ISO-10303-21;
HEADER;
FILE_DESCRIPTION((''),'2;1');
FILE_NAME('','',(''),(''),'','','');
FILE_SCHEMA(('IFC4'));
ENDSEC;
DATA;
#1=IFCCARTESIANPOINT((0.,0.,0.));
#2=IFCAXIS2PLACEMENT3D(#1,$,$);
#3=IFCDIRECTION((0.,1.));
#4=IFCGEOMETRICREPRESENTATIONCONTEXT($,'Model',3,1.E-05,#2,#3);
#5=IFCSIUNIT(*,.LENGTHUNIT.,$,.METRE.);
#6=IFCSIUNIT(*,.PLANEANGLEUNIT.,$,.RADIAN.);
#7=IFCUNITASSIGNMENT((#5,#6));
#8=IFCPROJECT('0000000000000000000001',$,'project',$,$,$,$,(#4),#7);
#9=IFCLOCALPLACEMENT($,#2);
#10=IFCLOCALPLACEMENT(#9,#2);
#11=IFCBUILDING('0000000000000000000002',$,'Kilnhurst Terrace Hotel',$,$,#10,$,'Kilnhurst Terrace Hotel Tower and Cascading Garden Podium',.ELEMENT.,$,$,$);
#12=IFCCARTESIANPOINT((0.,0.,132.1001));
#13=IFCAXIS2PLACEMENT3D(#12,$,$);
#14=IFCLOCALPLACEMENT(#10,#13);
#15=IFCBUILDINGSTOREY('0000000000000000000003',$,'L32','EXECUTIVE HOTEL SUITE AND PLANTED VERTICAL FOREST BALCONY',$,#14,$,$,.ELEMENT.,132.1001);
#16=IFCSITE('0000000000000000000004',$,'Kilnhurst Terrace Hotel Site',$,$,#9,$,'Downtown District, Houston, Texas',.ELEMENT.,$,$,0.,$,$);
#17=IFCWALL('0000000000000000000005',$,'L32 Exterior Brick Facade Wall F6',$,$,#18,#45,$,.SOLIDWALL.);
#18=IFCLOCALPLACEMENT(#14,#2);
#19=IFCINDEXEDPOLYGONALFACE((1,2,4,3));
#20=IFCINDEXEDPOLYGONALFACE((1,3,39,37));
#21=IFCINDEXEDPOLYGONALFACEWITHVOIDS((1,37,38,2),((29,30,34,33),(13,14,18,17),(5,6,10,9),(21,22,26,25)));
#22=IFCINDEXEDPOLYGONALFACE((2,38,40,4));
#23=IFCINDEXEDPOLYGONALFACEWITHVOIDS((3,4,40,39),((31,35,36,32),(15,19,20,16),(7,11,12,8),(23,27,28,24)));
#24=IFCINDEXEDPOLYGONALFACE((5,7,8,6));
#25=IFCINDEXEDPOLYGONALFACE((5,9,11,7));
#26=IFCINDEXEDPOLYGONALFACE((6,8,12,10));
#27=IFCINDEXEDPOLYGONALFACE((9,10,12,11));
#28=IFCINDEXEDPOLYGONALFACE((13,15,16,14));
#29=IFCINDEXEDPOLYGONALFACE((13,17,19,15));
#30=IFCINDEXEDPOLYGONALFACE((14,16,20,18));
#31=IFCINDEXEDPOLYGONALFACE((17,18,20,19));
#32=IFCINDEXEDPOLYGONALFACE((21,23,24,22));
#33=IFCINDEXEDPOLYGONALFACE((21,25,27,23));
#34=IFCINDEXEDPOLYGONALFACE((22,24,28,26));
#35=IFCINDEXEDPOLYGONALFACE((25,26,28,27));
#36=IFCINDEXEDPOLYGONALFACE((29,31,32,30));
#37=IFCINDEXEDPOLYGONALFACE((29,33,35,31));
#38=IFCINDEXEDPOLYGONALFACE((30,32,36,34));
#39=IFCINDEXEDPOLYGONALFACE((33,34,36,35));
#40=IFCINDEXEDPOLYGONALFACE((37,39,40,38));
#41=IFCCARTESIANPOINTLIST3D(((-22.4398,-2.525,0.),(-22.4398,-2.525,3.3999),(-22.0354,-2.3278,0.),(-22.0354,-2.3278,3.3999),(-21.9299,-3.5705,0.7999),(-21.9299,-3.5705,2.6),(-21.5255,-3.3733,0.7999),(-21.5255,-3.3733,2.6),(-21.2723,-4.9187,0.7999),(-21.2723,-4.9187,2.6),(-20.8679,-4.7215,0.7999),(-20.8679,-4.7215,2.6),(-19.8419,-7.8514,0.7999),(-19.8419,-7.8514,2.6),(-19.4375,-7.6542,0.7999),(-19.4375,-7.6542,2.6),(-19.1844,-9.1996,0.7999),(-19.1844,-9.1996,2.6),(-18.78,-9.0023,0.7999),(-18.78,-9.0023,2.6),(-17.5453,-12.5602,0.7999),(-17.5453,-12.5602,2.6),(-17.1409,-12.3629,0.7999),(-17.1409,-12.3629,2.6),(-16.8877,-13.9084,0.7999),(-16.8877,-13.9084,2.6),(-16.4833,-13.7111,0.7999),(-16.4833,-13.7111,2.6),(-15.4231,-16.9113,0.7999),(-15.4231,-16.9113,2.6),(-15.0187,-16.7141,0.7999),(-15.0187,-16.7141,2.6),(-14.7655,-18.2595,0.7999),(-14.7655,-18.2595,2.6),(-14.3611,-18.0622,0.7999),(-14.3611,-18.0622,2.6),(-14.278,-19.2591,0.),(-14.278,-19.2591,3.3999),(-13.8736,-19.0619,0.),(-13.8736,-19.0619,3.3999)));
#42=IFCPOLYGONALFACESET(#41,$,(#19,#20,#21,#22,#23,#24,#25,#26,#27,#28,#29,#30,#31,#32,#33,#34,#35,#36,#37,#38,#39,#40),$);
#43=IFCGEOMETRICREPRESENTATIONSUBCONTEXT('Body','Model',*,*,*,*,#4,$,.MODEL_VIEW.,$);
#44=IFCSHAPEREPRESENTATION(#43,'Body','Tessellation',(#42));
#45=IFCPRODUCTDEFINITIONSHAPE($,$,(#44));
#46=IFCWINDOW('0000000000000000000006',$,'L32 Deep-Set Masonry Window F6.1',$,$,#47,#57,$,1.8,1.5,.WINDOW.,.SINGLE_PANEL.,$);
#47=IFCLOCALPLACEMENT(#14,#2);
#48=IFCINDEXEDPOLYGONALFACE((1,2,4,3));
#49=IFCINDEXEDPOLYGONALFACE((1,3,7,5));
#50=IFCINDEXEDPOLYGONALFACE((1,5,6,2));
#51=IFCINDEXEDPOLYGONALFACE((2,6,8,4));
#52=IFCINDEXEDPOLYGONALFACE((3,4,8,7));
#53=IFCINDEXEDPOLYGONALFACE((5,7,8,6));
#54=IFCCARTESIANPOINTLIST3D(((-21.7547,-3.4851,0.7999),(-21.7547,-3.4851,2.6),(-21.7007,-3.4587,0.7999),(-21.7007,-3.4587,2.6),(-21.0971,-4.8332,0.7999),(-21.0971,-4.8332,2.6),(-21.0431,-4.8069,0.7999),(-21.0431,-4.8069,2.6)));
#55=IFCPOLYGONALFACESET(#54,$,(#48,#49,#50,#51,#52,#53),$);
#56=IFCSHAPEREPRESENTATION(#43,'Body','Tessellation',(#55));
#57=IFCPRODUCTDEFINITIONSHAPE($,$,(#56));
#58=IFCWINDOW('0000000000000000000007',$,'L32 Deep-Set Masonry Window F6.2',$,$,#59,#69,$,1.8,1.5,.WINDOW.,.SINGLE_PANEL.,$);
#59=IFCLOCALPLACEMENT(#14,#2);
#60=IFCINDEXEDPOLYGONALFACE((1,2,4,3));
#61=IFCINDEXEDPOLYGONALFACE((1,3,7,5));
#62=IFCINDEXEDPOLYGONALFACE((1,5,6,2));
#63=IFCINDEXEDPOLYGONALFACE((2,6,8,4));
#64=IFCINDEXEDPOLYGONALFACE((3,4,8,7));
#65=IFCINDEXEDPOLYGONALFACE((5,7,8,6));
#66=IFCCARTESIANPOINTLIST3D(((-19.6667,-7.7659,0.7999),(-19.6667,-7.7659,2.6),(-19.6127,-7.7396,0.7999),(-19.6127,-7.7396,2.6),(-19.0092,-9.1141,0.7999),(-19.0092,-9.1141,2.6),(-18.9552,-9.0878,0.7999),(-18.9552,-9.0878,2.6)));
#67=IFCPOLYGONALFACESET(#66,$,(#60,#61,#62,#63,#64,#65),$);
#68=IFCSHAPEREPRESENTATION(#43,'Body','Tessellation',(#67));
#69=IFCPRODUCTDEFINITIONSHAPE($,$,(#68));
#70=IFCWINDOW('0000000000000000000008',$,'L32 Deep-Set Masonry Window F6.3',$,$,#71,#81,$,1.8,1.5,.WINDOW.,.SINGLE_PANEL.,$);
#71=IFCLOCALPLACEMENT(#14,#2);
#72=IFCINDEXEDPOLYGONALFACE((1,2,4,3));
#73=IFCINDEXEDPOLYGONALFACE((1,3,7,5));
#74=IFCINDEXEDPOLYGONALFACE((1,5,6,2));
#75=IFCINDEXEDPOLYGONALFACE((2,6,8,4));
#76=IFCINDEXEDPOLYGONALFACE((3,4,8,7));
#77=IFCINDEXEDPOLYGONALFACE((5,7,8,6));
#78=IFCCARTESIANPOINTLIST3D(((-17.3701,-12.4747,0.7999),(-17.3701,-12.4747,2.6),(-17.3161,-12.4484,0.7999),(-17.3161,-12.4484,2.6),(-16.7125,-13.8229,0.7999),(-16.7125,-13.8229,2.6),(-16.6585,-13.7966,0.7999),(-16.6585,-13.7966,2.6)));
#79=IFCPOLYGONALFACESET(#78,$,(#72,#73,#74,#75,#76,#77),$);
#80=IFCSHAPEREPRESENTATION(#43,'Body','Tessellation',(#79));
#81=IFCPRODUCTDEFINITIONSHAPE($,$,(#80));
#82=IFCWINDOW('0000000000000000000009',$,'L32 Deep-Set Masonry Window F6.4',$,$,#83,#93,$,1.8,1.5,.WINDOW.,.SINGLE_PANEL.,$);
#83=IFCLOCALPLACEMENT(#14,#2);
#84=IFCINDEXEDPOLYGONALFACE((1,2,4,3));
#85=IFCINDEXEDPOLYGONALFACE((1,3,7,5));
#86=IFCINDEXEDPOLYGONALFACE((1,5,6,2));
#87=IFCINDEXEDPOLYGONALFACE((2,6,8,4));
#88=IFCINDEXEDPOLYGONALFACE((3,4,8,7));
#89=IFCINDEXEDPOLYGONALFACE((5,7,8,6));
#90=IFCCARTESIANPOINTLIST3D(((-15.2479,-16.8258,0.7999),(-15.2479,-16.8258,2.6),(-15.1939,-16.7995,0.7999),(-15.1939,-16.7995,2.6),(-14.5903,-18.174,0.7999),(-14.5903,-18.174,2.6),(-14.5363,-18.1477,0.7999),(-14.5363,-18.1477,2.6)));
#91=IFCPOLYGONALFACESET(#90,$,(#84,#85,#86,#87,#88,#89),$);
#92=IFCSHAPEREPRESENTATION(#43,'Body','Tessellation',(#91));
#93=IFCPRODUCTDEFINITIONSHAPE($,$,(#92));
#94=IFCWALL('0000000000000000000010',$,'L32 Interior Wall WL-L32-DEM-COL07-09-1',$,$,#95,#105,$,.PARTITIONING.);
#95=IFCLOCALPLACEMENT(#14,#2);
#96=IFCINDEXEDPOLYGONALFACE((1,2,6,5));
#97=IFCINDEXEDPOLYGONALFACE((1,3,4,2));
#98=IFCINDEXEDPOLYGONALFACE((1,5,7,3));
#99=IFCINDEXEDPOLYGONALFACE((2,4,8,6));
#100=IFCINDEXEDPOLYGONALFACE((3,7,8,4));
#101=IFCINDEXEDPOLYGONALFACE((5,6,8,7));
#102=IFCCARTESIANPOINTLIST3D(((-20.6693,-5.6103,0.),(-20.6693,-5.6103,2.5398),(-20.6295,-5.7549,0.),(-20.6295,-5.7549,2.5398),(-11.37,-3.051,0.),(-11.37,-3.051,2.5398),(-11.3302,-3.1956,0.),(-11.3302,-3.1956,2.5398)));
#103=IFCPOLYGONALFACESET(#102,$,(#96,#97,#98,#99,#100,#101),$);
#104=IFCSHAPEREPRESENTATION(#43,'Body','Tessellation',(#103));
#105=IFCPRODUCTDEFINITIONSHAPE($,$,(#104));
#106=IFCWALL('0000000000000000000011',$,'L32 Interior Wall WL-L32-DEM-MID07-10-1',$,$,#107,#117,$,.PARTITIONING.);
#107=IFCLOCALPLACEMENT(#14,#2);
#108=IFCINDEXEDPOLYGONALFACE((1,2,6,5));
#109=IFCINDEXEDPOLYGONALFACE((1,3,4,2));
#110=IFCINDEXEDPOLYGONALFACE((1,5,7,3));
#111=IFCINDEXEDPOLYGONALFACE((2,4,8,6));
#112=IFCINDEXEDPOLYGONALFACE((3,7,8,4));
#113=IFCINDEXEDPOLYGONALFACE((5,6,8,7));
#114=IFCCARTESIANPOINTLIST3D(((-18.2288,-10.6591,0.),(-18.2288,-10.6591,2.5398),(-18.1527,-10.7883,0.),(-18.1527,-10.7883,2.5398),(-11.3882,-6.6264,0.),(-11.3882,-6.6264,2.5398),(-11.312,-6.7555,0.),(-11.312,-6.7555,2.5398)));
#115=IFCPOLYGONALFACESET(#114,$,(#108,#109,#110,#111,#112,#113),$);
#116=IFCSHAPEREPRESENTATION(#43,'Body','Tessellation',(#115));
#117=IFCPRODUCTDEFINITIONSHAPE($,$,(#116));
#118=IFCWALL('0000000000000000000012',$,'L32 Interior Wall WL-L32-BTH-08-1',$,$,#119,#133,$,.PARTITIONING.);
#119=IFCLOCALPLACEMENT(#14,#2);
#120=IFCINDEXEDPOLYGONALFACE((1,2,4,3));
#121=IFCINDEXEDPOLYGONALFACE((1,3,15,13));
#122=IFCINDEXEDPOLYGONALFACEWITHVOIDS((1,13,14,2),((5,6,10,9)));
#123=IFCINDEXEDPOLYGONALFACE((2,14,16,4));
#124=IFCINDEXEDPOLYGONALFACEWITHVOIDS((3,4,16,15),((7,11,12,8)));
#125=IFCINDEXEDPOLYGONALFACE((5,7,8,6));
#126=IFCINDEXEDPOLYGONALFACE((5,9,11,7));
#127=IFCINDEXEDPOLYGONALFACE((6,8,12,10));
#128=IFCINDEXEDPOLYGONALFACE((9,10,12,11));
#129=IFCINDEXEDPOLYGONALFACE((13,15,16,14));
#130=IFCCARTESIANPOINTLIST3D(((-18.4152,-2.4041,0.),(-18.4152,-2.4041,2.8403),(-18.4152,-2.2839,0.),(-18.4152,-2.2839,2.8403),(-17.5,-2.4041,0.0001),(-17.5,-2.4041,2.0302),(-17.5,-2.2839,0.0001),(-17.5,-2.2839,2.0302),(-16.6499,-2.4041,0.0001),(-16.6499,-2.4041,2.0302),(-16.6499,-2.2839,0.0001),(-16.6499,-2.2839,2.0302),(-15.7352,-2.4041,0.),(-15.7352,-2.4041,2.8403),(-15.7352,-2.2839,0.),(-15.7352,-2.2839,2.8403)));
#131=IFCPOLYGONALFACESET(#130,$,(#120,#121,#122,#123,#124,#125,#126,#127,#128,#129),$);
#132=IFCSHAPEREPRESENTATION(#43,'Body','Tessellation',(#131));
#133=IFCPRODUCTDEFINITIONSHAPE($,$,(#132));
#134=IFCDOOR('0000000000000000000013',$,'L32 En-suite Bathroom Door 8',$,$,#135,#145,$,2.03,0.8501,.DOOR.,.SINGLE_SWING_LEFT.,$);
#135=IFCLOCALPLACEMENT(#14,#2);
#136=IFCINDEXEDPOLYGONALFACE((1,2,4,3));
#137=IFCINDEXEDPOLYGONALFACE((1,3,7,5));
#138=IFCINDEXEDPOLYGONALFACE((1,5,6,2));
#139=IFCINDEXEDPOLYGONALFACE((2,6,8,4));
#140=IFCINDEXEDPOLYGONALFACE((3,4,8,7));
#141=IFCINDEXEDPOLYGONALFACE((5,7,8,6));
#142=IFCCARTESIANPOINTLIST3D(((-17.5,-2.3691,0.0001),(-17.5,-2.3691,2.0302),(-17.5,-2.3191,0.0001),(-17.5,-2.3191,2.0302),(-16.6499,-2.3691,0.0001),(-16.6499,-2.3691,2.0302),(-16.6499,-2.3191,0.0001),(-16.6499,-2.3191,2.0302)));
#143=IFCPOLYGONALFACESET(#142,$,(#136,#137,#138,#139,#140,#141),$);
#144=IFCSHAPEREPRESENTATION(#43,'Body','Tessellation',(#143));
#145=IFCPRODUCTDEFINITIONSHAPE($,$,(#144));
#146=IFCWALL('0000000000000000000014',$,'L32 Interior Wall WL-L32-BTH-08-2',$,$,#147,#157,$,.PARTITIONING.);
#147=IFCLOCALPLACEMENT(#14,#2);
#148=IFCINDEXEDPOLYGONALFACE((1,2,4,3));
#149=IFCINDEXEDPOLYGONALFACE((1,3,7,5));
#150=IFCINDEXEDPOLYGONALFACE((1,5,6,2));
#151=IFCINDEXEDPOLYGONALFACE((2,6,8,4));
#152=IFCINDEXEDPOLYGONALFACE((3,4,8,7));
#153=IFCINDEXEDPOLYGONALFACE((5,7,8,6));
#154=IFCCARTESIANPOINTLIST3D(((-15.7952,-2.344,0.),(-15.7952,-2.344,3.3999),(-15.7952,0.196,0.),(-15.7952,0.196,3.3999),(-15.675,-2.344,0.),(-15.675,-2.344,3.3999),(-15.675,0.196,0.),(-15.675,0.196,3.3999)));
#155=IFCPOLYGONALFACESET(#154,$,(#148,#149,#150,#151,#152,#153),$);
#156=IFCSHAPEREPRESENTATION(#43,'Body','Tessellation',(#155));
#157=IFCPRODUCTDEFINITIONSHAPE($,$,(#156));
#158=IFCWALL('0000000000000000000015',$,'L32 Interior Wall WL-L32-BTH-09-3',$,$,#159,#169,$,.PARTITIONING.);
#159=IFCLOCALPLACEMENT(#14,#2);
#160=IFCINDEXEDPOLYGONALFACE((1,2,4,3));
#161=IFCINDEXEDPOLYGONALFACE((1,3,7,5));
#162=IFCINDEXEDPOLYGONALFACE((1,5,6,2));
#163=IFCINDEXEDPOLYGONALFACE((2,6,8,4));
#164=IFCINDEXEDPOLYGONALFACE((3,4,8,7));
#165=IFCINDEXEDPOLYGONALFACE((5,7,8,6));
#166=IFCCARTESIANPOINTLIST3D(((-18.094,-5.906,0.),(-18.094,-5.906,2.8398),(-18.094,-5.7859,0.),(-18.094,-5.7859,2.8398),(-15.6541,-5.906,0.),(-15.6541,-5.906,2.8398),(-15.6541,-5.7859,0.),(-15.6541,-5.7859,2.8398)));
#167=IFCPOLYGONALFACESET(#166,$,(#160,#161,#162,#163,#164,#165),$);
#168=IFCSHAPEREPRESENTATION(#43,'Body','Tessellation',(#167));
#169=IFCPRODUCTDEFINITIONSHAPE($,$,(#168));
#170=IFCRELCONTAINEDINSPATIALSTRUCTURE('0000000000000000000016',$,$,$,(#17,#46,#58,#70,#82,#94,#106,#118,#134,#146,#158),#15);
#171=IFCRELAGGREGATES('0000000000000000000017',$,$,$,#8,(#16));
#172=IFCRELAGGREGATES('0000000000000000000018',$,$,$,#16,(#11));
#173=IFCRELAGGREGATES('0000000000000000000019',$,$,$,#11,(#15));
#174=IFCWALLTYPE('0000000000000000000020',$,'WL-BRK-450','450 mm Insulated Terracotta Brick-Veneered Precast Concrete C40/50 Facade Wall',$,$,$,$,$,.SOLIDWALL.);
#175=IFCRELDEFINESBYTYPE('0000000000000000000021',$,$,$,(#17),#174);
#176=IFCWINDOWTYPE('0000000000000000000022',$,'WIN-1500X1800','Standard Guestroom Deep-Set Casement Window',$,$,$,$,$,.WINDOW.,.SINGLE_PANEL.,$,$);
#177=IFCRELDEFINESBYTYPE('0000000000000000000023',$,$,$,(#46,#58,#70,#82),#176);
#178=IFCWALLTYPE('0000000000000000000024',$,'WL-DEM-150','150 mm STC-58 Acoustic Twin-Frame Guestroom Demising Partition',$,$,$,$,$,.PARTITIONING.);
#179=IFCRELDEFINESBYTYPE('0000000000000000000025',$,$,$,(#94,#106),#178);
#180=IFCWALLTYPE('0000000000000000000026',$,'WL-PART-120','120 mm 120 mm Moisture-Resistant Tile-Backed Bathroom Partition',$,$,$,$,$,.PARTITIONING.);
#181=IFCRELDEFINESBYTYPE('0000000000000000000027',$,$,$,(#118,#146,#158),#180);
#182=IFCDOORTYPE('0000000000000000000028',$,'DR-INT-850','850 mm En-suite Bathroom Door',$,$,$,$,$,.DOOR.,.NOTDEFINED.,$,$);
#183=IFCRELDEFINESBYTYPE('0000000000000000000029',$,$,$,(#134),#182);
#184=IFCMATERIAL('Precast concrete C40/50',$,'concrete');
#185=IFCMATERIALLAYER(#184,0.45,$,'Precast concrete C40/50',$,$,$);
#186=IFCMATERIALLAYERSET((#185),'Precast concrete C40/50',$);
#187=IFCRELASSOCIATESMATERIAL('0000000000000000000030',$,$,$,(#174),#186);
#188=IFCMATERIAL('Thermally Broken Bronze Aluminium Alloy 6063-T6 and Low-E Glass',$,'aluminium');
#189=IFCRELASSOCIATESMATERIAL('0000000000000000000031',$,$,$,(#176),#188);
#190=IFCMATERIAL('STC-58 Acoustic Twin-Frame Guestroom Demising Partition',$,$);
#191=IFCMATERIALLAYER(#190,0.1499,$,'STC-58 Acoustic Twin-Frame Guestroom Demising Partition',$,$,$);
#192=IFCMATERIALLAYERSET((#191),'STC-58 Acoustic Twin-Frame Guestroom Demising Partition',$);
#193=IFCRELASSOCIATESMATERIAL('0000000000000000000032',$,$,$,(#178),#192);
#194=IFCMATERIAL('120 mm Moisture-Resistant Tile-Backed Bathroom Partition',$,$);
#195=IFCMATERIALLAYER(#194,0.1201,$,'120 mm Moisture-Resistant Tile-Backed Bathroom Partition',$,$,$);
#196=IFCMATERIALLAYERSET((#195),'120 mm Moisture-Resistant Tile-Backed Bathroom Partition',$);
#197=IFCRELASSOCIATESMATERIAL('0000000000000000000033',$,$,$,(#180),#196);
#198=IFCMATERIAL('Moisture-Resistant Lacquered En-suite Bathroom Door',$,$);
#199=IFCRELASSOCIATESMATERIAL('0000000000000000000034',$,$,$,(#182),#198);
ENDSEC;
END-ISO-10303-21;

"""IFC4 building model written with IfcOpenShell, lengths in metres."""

from ifc_helpers import new_model, si_unit, direction, frame, frame_2d, origin, place, context, subcontext, project, spatial, rectangle, extrude, material, layer, layer_set, type_object, element, fill, save


model = new_model("IFC4")

# Units and contexts
model_context = context("Model", 3, precision=1e-05, world=origin(), true_north=direction((0.0, 1.0)))
body_context = subcontext(model_context, "Body", "Model", "MODEL_VIEW")
ifc_project = project(units=[si_unit("LENGTHUNIT", "METRE"), si_unit("PLANEANGLEUNIT", "RADIAN")], contexts=[model_context])

# Site, building, storey
site_placement = place(None, origin())
site = spatial("IfcSite", under=ifc_project, at=site_placement, Name="Kilnhurst Terrace Hotel Site", LongName="Downtown District, Houston, Texas", CompositionType="ELEMENT", RefElevation=0.0)
building_placement = place(site_placement, origin())
building = spatial("IfcBuilding", under=site, at=building_placement, Name="Kilnhurst Terrace Hotel", LongName="Kilnhurst Terrace Hotel Tower and Cascading Garden Podium", CompositionType="ELEMENT")
storey_placement = place(building_placement, frame((0.0, 0.0, 132.1001)))
storey = spatial("IfcBuildingStorey", under=building, at=storey_placement, Name="L32", Description="EXECUTIVE HOTEL SUITE AND PLANTED VERTICAL FOREST BALCONY", CompositionType="ELEMENT", Elevation=132.1001)

# Shared definitions
ifc_material_1 = material(Name="Precast concrete C40/50", Category="concrete")
ifc_layer_1 = layer(ifc_material_1, 0.45, Name="Precast concrete C40/50")
ifc_layer_set_1 = layer_set([ifc_layer_1], Name="Precast concrete C40/50")
wall_type_1 = type_object("IfcWallType", Name="WL-BRK-450", Description="450 mm Insulated Terracotta Brick-Veneered Precast Concrete C40/50 Facade Wall", PredefinedType="SOLIDWALL", material=ifc_layer_set_1)

# Wall, openings, windows
wall_1_placement = place(storey_placement, frame((-22.2375, -2.4265, 0.0), z_axis=(0.0, 0.0, 1.0), x_axis=(0.438375, -0.898792, 0.0)))
wall_1 = element("IfcWall", 1, at=wall_1_placement, inside=storey, type_object=wall_type_1, Name="L32 Exterior Brick Facade Wall F6", PredefinedType="SOLIDWALL", context=body_context, shape_type="SweptSolid", body=[
    extrude(rectangle(XDim=18.6184, YDim=0.45, at=frame_2d((9.3091, 0.0))), origin(), (0.0, 0.0, 1.0), 3.3999),
])
opening_1_placement = place(wall_1_placement, frame((1.1631, 0.0, 0.8)))
opening_1 = element("IfcOpeningElement", 2, at=opening_1_placement, cuts=wall_1, PredefinedType="OPENING", context=body_context, shape_type="SweptSolid", body=[
    extrude(rectangle(XDim=1.5, YDim=1.8, at=frame_2d((0.75, 0.8999))), frame((0.0, 0.2349, 0.0), z_axis=(0.0, -1.0, 0.0), x_axis=(1.0, 0.0, 0.0)), (0.0, 0.0, 1.0), 0.47),
])
opening_2_placement = place(wall_1_placement, frame((5.926, 0.0, 0.8)))
opening_2 = element("IfcOpeningElement", 3, at=opening_2_placement, cuts=wall_1, PredefinedType="OPENING", context=body_context, shape_type="SweptSolid", body=[
    extrude(rectangle(XDim=1.5, YDim=1.8, at=frame_2d((0.75, 0.8999))), frame((0.0, 0.2349, 0.0), z_axis=(0.0, -1.0, 0.0), x_axis=(1.0, 0.0, 0.0)), (0.0, 0.0, 1.0), 0.47),
])
opening_3_placement = place(wall_1_placement, frame((11.165, 0.0, 0.8)))
opening_3 = element("IfcOpeningElement", 4, at=opening_3_placement, cuts=wall_1, PredefinedType="OPENING", context=body_context, shape_type="SweptSolid", body=[
    extrude(rectangle(XDim=1.5, YDim=1.8, at=frame_2d((0.75, 0.8999))), frame((0.0, 0.2349, 0.0), z_axis=(0.0, -1.0, 0.0), x_axis=(1.0, 0.0, 0.0)), (0.0, 0.0, 1.0), 0.47),
])
opening_4_placement = place(wall_1_placement, frame((16.0061, 0.0, 0.8)))
opening_4 = element("IfcOpeningElement", 5, at=opening_4_placement, cuts=wall_1, PredefinedType="OPENING", context=body_context, shape_type="SweptSolid", body=[
    extrude(rectangle(XDim=1.5, YDim=1.8, at=frame_2d((0.75, 0.8999))), frame((0.0, 0.2349, 0.0), z_axis=(0.0, -1.0, 0.0), x_axis=(1.0, 0.0, 0.0)), (0.0, 0.0, 1.0), 0.47),
])
ifc_material_2 = material(Name="Thermally Broken Bronze Aluminium Alloy 6063-T6 and Low-E Glass", Category="aluminium")
window_type = type_object("IfcWindowType", Name="WIN-1500X1800", Description="Standard Guestroom Deep-Set Casement Window", PartitioningType="SINGLE_PANEL", PredefinedType="WINDOW", material=ifc_material_2)
window_1_placement = place(opening_1_placement, origin())
window_1 = element("IfcWindow", 6, at=window_1_placement, inside=storey, type_object=window_type, Name="L32 Deep-Set Masonry Window F6.1", OverallHeight=1.8, OverallWidth=1.5, PartitioningType="SINGLE_PANEL", PredefinedType="WINDOW", context=body_context, shape_type="SweptSolid", body=[
    extrude(rectangle(XDim=1.5, YDim=1.8, at=frame_2d((0.75, 0.8999))), frame((0.0, 0.03, 0.0), z_axis=(0.0, -1.0, 0.0), x_axis=(1.0, 0.0, 0.0)), (0.0, 0.0, 1.0), 0.0601),
])
fill(opening_1, window_1)
window_2_placement = place(opening_2_placement, origin())
window_2 = element("IfcWindow", 7, at=window_2_placement, inside=storey, type_object=window_type, Name="L32 Deep-Set Masonry Window F6.2", OverallHeight=1.8, OverallWidth=1.5, PartitioningType="SINGLE_PANEL", PredefinedType="WINDOW", context=body_context, shape_type="SweptSolid", body=[
    extrude(rectangle(XDim=1.5, YDim=1.8, at=frame_2d((0.75, 0.8999))), frame((0.0, 0.03, 0.0), z_axis=(0.0, -1.0, 0.0), x_axis=(1.0, 0.0, 0.0)), (0.0, 0.0, 1.0), 0.0601),
])
fill(opening_2, window_2)
window_3_placement = place(opening_3_placement, origin())
window_3 = element("IfcWindow", 8, at=window_3_placement, inside=storey, type_object=window_type, Name="L32 Deep-Set Masonry Window F6.3", OverallHeight=1.8, OverallWidth=1.5, PartitioningType="SINGLE_PANEL", PredefinedType="WINDOW", context=body_context, shape_type="SweptSolid", body=[
    extrude(rectangle(XDim=1.5, YDim=1.8, at=frame_2d((0.75, 0.8999))), frame((0.0, 0.03, 0.0), z_axis=(0.0, -1.0, 0.0), x_axis=(1.0, 0.0, 0.0)), (0.0, 0.0, 1.0), 0.0601),
])
fill(opening_3, window_3)
window_4_placement = place(opening_4_placement, origin())
window_4 = element("IfcWindow", 9, at=window_4_placement, inside=storey, type_object=window_type, Name="L32 Deep-Set Masonry Window F6.4", OverallHeight=1.8, OverallWidth=1.5, PartitioningType="SINGLE_PANEL", PredefinedType="WINDOW", context=body_context, shape_type="SweptSolid", body=[
    extrude(rectangle(XDim=1.5, YDim=1.8, at=frame_2d((0.75, 0.8999))), frame((0.0, 0.03, 0.0), z_axis=(0.0, -1.0, 0.0), x_axis=(1.0, 0.0, 0.0)), (0.0, 0.0, 1.0), 0.0601),
])
fill(opening_4, window_4)

# Walls
ifc_material_3 = material(Name="STC-58 Acoustic Twin-Frame Guestroom Demising Partition")
ifc_layer_2 = layer(ifc_material_3, 0.1499, Name="STC-58 Acoustic Twin-Frame Guestroom Demising Partition")
ifc_layer_set_2 = layer_set([ifc_layer_2], Name="STC-58 Acoustic Twin-Frame Guestroom Demising Partition")
wall_type_2 = type_object("IfcWallType", Name="WL-DEM-150", Description="150 mm STC-58 Acoustic Twin-Frame Guestroom Demising Partition", PredefinedType="PARTITIONING", material=ifc_layer_set_2)
wall_2_placement = place(storey_placement, frame((-11.3501, -3.1233, 0.0), z_axis=(0.0, 0.0, 1.0), x_axis=(-0.964152, -0.265351, 0.0)))
element("IfcWall", 10, at=wall_2_placement, inside=storey, type_object=wall_type_2, Name="L32 Interior Wall WL-L32-DEM-COL07-09-1", PredefinedType="PARTITIONING", context=body_context, shape_type="SweptSolid", body=[
    extrude(rectangle(XDim=9.645, YDim=0.1499, at=frame_2d((4.8225, 0.0))), origin(), (0.0, 0.0, 1.0), 2.5398),
])
wall_3_placement = place(storey_placement, frame((-11.3501, -6.6909, 0.0), z_axis=(0.0, 0.0, 1.0), x_axis=(-0.861447, -0.507848, 0.0)))
element("IfcWall", 11, at=wall_3_placement, inside=storey, type_object=wall_type_2, Name="L32 Interior Wall WL-L32-DEM-MID07-10-1", PredefinedType="PARTITIONING", context=body_context, shape_type="SweptSolid", body=[
    extrude(rectangle(XDim=7.9409, YDim=0.1499, at=frame_2d((3.9705, 0.0))), origin(), (0.0, 0.0, 1.0), 2.5398),
])

# Wall, opening, door
ifc_material_4 = material(Name="120 mm Moisture-Resistant Tile-Backed Bathroom Partition")
ifc_layer_3 = layer(ifc_material_4, 0.1201, Name="120 mm Moisture-Resistant Tile-Backed Bathroom Partition")
ifc_layer_set_3 = layer_set([ifc_layer_3], Name="120 mm Moisture-Resistant Tile-Backed Bathroom Partition")
wall_type_3 = type_object("IfcWallType", Name="WL-PART-120", Description="120 mm 120 mm Moisture-Resistant Tile-Backed Bathroom Partition", PredefinedType="PARTITIONING", material=ifc_layer_set_3)
wall_4_placement = place(storey_placement, frame((-18.415, -2.344, 0.0), z_axis=(0.0, 0.0, 1.0), x_axis=(1.0, 0.0, 0.0)))
wall_4 = element("IfcWall", 12, at=wall_4_placement, inside=storey, type_object=wall_type_3, Name="L32 Interior Wall WL-L32-BTH-08-1", PredefinedType="PARTITIONING", context=body_context, shape_type="SweptSolid", body=[
    extrude(rectangle(XDim=2.6799, YDim=0.1201, at=frame_2d((1.3398, 0.0))), origin(), (0.0, 0.0, 1.0), 2.8403),
])
opening_5_placement = place(wall_4_placement, frame((0.915, 0.0, 0.0)))
opening_5 = element("IfcOpeningElement", 13, at=opening_5_placement, cuts=wall_4, PredefinedType="OPENING", context=body_context, shape_type="SweptSolid", body=[
    extrude(rectangle(XDim=0.8501, YDim=2.03, at=frame_2d((0.425, 1.0151))), frame((0.0, 0.0701, 0.0), z_axis=(0.0, -1.0, 0.0), x_axis=(1.0, 0.0, 0.0)), (0.0, 0.0, 1.0), 0.1401),
])
ifc_material_5 = material(Name="Moisture-Resistant Lacquered En-suite Bathroom Door")
door_type = type_object("IfcDoorType", Name="DR-INT-850", Description="850 mm En-suite Bathroom Door", OperationType="NOTDEFINED", PredefinedType="DOOR", material=ifc_material_5)
door_placement = place(opening_5_placement, origin())
door = element("IfcDoor", 14, at=door_placement, inside=storey, type_object=door_type, Name="L32 En-suite Bathroom Door 8", OperationType="SINGLE_SWING_LEFT", OverallHeight=2.03, OverallWidth=0.8501, PredefinedType="DOOR", context=body_context, shape_type="SweptSolid", body=[
    extrude(rectangle(XDim=0.8501, YDim=2.03, at=frame_2d((0.425, 1.0151))), frame((0.0, 0.0249, 0.0), z_axis=(0.0, -1.0, 0.0), x_axis=(1.0, 0.0, 0.0)), (0.0, 0.0, 1.0), 0.05),
])
fill(opening_5, door)

# Walls
wall_5_placement = place(storey_placement, frame((-15.7351, -2.344, 0.0), z_axis=(0.0, 0.0, 1.0), x_axis=(0.0, 1.0, 0.0)))
element("IfcWall", 15, at=wall_5_placement, inside=storey, type_object=wall_type_3, Name="L32 Interior Wall WL-L32-BTH-08-2", PredefinedType="PARTITIONING", context=body_context, shape_type="SweptSolid", body=[
    extrude(rectangle(XDim=2.54, YDim=0.1201, at=frame_2d((1.27, 0.0))), origin(), (0.0, 0.0, 1.0), 3.3999),
])
wall_6_placement = place(storey_placement, frame((-15.6541, -5.8459, 0.0), z_axis=(0.0, 0.0, 1.0), x_axis=(-1.0, 0.0, 0.0)))
element("IfcWall", 16, at=wall_6_placement, inside=storey, type_object=wall_type_3, Name="L32 Interior Wall WL-L32-BTH-09-3", PredefinedType="PARTITIONING", context=body_context, shape_type="SweptSolid", body=[
    extrude(rectangle(XDim=2.4399, YDim=0.1201, at=frame_2d((1.22, 0.0))), origin(), (0.0, 0.0, 1.0), 2.8398),
])

save(model, "model.ifc")
